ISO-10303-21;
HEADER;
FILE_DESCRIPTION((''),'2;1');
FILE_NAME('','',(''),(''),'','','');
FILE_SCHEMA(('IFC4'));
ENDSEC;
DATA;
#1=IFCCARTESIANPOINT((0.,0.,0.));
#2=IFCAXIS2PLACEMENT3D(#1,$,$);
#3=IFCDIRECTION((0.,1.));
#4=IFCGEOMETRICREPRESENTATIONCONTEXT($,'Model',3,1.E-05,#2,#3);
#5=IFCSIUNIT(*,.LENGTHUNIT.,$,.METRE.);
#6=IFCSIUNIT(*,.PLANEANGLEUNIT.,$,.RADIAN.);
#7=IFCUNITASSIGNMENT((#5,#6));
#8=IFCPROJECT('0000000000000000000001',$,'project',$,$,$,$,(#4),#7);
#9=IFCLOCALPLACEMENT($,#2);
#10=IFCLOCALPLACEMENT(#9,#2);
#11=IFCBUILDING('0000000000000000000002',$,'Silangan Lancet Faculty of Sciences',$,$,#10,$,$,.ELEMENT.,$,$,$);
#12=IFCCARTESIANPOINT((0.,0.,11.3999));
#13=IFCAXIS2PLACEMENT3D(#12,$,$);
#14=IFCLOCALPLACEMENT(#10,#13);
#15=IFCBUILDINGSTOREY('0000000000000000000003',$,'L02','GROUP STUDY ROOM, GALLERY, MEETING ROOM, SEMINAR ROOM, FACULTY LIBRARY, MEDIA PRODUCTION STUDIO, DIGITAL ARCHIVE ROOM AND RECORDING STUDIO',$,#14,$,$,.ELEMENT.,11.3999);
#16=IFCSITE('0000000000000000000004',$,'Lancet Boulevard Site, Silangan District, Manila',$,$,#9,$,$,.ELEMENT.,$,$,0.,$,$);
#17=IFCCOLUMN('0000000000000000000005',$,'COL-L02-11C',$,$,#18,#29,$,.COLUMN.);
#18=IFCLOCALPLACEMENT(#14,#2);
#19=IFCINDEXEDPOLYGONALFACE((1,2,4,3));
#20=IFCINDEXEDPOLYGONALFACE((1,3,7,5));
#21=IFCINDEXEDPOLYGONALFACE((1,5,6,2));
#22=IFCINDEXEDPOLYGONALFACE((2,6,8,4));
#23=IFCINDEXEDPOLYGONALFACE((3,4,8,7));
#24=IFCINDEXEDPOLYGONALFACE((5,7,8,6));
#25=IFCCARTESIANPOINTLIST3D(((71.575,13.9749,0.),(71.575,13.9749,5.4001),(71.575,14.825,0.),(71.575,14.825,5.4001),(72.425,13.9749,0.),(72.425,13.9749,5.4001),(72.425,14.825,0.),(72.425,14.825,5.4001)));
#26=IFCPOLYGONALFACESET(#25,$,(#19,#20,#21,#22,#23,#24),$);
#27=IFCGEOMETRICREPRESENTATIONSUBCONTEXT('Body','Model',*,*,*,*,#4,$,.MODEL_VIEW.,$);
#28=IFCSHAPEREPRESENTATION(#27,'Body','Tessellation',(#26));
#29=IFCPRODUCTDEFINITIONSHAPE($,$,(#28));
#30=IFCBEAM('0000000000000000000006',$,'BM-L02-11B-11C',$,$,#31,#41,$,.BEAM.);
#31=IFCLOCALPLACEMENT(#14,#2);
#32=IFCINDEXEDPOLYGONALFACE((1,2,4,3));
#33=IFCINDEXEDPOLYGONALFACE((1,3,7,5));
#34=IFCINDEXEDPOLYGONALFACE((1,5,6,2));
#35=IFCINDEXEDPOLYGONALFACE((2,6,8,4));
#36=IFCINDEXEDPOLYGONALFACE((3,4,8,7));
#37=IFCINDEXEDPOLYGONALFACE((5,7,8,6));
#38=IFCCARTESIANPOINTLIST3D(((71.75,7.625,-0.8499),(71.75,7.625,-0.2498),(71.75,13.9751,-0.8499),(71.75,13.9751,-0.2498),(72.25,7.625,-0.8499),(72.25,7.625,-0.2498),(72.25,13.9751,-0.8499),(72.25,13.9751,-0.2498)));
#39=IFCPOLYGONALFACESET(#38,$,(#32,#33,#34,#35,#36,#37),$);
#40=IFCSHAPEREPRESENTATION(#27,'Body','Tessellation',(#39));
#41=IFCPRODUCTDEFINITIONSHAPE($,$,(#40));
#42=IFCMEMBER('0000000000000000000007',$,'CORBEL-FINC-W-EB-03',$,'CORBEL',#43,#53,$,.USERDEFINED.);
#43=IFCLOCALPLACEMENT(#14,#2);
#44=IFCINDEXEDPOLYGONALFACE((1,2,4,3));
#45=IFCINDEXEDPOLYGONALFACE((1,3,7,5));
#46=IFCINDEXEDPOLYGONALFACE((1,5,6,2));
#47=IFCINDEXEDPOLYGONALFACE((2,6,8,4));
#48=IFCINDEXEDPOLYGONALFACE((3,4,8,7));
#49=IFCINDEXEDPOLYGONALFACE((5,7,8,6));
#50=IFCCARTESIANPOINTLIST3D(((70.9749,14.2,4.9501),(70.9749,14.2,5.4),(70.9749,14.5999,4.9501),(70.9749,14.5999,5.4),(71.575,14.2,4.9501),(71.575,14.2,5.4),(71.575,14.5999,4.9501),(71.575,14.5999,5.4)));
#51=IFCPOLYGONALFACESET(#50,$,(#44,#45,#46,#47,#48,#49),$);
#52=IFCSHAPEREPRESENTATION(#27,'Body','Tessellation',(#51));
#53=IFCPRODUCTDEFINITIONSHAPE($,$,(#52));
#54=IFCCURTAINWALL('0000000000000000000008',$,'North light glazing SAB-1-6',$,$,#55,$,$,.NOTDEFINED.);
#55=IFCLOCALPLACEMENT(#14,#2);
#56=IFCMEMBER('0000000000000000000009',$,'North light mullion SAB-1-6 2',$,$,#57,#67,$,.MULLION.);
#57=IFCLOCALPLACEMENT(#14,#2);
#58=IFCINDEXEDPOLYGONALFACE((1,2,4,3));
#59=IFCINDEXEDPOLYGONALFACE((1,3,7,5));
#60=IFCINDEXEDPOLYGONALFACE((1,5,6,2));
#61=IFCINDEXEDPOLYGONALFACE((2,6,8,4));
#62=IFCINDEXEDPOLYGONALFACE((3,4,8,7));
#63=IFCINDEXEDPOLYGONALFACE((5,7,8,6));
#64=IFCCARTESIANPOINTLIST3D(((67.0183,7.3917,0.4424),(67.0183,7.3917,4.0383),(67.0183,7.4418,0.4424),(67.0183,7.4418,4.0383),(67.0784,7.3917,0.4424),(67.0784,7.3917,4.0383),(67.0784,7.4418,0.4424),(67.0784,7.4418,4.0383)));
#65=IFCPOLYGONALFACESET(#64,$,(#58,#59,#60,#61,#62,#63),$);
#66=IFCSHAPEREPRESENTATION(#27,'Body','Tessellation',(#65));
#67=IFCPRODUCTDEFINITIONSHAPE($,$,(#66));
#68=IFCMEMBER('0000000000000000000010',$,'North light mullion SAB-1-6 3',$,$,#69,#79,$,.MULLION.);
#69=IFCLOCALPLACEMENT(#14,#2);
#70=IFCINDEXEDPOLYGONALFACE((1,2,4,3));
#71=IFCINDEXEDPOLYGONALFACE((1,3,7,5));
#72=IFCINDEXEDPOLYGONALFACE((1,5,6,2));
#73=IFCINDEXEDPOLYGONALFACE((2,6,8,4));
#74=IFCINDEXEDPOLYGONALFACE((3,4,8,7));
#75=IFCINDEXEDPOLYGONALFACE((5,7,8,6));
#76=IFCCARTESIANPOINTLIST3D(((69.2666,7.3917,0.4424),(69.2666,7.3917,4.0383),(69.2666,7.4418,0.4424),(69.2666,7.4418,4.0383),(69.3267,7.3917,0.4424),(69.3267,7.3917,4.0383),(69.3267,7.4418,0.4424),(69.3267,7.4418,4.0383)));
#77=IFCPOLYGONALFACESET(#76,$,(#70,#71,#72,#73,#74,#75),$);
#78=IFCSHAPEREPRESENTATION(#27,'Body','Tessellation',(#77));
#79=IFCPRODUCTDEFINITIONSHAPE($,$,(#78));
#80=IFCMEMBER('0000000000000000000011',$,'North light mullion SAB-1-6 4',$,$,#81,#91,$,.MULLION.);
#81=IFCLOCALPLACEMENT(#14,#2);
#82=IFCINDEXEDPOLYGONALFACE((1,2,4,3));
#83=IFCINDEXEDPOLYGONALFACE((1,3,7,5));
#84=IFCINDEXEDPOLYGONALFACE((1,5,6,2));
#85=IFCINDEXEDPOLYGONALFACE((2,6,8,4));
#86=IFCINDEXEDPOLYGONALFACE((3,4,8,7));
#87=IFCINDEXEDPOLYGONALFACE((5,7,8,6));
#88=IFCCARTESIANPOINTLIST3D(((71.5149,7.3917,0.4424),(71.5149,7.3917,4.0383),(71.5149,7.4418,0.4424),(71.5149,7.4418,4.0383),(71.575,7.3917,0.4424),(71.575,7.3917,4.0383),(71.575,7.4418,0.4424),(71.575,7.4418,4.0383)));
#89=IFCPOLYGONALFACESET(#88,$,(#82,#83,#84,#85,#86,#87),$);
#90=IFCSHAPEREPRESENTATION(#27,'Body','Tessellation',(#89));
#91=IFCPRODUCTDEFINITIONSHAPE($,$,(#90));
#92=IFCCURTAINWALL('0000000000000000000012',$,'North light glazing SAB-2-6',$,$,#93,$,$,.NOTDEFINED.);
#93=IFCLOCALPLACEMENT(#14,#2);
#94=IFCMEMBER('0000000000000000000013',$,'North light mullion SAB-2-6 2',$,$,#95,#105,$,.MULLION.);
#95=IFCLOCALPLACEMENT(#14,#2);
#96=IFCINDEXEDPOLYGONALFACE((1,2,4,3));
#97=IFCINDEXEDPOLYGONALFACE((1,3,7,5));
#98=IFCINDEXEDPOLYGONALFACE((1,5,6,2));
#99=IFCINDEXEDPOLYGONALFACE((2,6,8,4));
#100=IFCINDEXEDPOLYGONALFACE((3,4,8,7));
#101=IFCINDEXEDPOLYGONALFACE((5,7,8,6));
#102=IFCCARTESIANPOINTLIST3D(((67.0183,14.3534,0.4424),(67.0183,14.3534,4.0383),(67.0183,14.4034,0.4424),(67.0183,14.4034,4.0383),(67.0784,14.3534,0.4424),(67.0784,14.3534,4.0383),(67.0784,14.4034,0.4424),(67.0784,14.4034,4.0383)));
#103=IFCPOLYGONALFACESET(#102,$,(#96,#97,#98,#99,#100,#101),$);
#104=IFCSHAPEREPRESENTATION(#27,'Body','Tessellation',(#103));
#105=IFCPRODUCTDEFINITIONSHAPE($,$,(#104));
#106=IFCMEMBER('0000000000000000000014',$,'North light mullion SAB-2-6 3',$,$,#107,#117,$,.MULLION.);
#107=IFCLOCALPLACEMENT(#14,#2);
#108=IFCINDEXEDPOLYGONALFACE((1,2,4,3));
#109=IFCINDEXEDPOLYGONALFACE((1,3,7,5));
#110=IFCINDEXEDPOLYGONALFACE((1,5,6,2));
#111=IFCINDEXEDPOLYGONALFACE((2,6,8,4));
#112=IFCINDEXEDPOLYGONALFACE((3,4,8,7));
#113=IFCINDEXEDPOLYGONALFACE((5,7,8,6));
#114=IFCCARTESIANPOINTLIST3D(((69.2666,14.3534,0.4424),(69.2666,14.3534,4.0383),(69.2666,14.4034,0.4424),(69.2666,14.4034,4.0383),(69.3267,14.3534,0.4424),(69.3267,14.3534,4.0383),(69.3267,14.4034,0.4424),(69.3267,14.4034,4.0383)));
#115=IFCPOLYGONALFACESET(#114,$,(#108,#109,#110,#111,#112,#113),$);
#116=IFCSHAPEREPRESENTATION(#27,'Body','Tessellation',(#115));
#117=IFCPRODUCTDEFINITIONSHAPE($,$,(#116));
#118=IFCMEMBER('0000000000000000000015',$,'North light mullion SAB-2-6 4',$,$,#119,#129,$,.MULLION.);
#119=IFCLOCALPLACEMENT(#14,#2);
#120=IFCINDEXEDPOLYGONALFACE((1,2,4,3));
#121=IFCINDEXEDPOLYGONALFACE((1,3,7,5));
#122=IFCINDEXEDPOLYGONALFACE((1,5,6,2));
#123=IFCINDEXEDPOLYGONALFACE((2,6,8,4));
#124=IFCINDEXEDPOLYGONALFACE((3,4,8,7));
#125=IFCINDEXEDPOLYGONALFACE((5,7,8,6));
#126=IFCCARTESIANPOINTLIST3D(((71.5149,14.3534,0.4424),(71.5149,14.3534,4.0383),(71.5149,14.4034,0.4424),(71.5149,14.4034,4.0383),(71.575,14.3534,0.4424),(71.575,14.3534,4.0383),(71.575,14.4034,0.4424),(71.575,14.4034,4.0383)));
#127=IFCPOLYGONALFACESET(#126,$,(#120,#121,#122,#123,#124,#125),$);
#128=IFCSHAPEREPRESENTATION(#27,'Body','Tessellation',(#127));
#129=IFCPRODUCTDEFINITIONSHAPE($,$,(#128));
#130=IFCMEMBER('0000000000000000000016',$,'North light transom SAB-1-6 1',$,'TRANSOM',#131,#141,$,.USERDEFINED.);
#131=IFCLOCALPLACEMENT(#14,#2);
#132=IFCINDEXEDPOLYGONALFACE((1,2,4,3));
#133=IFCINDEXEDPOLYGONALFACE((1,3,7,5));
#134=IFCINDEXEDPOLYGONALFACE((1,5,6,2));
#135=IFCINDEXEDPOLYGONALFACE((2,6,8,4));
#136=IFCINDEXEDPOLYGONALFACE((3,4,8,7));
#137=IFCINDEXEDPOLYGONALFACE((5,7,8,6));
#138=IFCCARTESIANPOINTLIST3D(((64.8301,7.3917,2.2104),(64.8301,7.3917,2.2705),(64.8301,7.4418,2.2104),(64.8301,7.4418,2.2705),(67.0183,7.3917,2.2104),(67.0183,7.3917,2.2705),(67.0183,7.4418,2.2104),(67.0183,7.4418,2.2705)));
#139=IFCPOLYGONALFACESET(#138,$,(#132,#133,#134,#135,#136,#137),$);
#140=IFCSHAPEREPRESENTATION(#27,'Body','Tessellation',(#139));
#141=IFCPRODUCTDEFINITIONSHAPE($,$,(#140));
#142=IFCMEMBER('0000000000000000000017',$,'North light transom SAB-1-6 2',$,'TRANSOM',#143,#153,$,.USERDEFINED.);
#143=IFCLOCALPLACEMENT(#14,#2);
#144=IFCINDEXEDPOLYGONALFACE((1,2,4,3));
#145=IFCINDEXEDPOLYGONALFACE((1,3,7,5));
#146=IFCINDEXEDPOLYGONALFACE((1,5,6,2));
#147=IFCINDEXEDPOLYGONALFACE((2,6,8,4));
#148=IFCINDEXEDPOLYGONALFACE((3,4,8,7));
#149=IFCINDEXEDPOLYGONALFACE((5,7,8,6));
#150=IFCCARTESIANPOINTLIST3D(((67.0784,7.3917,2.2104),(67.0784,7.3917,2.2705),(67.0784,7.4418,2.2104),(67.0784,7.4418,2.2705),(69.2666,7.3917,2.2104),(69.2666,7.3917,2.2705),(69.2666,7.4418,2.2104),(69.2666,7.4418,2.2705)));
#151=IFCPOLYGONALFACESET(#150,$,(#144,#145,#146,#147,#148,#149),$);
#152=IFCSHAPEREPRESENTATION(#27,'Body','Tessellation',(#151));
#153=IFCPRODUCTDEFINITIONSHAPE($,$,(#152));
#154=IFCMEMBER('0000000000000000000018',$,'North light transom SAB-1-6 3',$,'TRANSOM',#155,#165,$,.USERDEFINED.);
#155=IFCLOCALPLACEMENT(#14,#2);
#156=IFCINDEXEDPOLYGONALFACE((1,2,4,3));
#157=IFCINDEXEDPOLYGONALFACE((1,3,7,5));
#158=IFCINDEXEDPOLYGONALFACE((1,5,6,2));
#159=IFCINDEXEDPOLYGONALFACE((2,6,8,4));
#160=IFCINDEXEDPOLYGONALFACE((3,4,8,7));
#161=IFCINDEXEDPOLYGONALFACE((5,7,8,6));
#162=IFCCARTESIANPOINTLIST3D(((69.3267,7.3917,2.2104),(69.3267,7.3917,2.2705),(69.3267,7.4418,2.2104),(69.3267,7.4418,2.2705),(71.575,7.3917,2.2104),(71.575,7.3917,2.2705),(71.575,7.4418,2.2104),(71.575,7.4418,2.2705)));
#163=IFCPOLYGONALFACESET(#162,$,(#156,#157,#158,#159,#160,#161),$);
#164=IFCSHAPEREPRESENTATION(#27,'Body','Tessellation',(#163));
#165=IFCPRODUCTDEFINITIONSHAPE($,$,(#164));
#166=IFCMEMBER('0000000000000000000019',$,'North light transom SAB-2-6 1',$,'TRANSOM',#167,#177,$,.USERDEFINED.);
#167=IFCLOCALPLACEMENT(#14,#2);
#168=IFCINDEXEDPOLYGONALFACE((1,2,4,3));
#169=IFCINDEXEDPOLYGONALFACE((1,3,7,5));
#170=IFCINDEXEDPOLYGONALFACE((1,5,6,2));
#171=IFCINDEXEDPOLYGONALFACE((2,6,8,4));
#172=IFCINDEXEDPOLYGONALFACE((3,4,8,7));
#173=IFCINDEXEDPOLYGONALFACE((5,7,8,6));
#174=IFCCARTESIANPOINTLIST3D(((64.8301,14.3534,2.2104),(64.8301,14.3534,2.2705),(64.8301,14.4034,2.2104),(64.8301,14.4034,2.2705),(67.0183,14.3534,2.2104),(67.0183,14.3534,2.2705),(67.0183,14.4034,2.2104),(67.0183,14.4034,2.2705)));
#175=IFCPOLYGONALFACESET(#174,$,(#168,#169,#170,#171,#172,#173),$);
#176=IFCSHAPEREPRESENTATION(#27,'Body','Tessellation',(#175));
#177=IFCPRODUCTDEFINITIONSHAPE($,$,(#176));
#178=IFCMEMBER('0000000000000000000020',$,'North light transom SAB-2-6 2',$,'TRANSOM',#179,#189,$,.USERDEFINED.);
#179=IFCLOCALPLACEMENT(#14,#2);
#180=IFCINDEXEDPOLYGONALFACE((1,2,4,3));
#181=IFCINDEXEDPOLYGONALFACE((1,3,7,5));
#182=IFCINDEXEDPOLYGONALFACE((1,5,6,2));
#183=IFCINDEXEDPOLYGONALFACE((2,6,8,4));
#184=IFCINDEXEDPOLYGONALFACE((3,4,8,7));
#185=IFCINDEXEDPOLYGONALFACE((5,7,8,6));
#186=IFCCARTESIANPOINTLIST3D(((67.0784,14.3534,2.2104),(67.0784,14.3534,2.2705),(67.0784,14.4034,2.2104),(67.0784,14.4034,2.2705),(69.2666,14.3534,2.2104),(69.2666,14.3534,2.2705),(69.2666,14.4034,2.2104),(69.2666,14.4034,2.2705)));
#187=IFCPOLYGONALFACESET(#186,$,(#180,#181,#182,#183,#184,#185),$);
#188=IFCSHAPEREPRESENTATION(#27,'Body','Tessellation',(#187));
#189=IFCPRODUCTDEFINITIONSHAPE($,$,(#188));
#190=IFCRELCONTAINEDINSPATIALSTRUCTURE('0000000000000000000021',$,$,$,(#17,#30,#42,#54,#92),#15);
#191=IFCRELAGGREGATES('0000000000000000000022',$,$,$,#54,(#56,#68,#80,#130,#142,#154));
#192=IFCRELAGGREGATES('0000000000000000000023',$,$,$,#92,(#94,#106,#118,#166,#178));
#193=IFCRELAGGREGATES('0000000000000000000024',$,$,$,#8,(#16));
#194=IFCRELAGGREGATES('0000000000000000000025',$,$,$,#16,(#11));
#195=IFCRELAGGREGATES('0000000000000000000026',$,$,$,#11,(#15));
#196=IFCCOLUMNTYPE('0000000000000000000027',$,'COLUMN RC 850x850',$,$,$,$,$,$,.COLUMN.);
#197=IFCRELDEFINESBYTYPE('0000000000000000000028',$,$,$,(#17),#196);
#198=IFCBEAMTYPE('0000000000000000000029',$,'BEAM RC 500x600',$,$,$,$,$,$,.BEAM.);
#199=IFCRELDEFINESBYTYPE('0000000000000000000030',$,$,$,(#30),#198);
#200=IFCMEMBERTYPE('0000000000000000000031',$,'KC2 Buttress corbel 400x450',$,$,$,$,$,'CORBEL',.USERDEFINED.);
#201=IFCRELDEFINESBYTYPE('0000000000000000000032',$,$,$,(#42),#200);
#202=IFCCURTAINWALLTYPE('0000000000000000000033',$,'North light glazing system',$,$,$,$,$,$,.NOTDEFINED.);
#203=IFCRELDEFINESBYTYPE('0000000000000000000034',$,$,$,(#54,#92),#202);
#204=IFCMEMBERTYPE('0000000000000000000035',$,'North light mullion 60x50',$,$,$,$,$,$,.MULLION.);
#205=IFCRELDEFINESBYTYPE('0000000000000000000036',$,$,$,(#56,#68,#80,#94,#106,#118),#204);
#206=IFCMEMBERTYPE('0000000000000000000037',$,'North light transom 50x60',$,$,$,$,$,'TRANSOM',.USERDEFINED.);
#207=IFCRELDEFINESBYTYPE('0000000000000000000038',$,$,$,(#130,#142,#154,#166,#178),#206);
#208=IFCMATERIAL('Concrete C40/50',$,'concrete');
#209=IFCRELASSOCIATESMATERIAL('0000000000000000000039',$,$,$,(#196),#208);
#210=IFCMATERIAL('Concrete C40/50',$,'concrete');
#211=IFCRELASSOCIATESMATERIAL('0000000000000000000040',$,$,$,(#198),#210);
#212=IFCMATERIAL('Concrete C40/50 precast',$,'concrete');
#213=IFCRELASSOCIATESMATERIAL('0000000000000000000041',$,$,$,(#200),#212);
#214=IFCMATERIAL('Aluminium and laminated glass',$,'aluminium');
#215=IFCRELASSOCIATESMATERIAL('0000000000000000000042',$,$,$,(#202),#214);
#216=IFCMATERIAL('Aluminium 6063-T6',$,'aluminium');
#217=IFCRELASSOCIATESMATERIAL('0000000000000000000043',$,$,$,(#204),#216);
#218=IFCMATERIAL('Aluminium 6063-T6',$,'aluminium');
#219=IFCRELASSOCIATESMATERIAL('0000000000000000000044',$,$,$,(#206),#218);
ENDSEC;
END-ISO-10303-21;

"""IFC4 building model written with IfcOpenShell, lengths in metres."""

from ifc_helpers import new_model, si_unit, direction, frame, origin, origin_2d, place, context, subcontext, project, spatial, rectangle, extrude, material, material_profile, profile_set, type_object, element, aggregate, save


model = new_model("IFC4")

# Units and contexts
model_context = context("Model", 3, precision=1e-05, world=origin(), true_north=direction((0.0, 1.0)))
body_context = subcontext(model_context, "Body", "Model", "MODEL_VIEW")
ifc_project = project(units=[si_unit("LENGTHUNIT", "METRE"), si_unit("PLANEANGLEUNIT", "RADIAN")], contexts=[model_context])

# Site, building, storey
site_placement = place(None, origin())
site = spatial("IfcSite", under=ifc_project, at=site_placement, Name="Lancet Boulevard Site, Silangan District, Manila", CompositionType="ELEMENT", RefElevation=0.0)
building_placement = place(site_placement, origin())
building = spatial("IfcBuilding", under=site, at=building_placement, Name="Silangan Lancet Faculty of Sciences", CompositionType="ELEMENT")
storey_placement = place(building_placement, frame((0.0, 0.0, 11.3999)))
storey = spatial("IfcBuildingStorey", under=building, at=storey_placement, Name="L02", Description="GROUP STUDY ROOM, GALLERY, MEETING ROOM, SEMINAR ROOM, FACULTY LIBRARY, MEDIA PRODUCTION STUDIO, DIGITAL ARCHIVE ROOM AND RECORDING STUDIO", CompositionType="ELEMENT", Elevation=11.3999)

# Column
ifc_material_1 = material(Name="Concrete C40/50", Category="concrete")
ifc_material_profile_1 = material_profile(ifc_material_1, rectangle(XDim=0.8501, YDim=0.8501, at=origin_2d()), Name="RC 850x850")
ifc_profile_set_1 = profile_set([ifc_material_profile_1], Name="Concrete C40/50")
column_type = type_object("IfcColumnType", Name="COLUMN RC 850x850", PredefinedType="COLUMN", material=ifc_profile_set_1)
column_placement = place(storey_placement, frame((72.0, 14.3999, 0.0), z_axis=(0.0, 0.0, 1.0), x_axis=(1.0, 0.0, 0.0)))
element("IfcColumn", 1, at=column_placement, inside=storey, type_object=column_type, Name="COL-L02-11C", PredefinedType="COLUMN", context=body_context, shape_type="SweptSolid", body=[
    extrude(rectangle(XDim=0.8501, YDim=0.8501, at=origin_2d()), origin(), (0.0, 0.0, 1.0), 5.4001),
])

# Beam
ifc_material_2 = material(Name="Concrete C40/50", Category="concrete")
ifc_material_profile_2 = material_profile(ifc_material_2, rectangle(XDim=0.5, YDim=0.6001, at=origin_2d()), Name="RC 500x600")
ifc_profile_set_2 = profile_set([ifc_material_profile_2], Name="Concrete C40/50")
beam_type = type_object("IfcBeamType", Name="BEAM RC 500x600", PredefinedType="BEAM", material=ifc_profile_set_2)
beam_placement = place(storey_placement, frame((72.0, 7.625, -0.5498), z_axis=(0.0, 1.0, 0.0), x_axis=(-1.0, 0.0, 0.0)))
element("IfcBeam", 2, at=beam_placement, inside=storey, type_object=beam_type, Name="BM-L02-11B-11C", PredefinedType="BEAM", context=body_context, shape_type="SweptSolid", body=[
    extrude(rectangle(XDim=0.5, YDim=0.6001, at=origin_2d()), origin(), (0.0, 0.0, 1.0), 6.3501),
])

# Member
ifc_material_3 = material(Name="Concrete C40/50 precast", Category="concrete")
ifc_material_profile_3 = material_profile(ifc_material_3, rectangle(XDim=0.3999, YDim=0.45, at=origin_2d()), Name="RC 400x450")
ifc_profile_set_3 = profile_set([ifc_material_profile_3], Name="Concrete C40/50 precast")
member_type_1 = type_object("IfcMemberType", Name="KC2 Buttress corbel 400x450", ElementType="CORBEL", PredefinedType="USERDEFINED", material=ifc_profile_set_3)
member_1_placement = place(storey_placement, frame((71.575, 14.3999, 5.175), z_axis=(-1.0, 0.0, 0.0), x_axis=(0.0, -1.0, 0.0)))
element("IfcMember", 3, at=member_1_placement, inside=storey, type_object=member_type_1, Name="CORBEL-FINC-W-EB-03", ObjectType="CORBEL", PredefinedType="USERDEFINED", context=body_context, shape_type="SweptSolid", body=[
    extrude(rectangle(XDim=0.3999, YDim=0.45, at=origin_2d()), origin(), (0.0, 0.0, 1.0), 0.6001),
])

# Curtain walls, members
ifc_material_4 = material(Name="Aluminium and laminated glass", Category="aluminium")
curtain_wall_type = type_object("IfcCurtainWallType", Name="North light glazing system", PredefinedType="NOTDEFINED", material=ifc_material_4)
curtain_wall_1_placement = place(storey_placement, origin())
curtain_wall_1 = element("IfcCurtainWall", 4, at=curtain_wall_1_placement, inside=storey, type_object=curtain_wall_type, Name="North light glazing SAB-1-6", PredefinedType="NOTDEFINED")
ifc_material_5 = material(Name="Aluminium 6063-T6", Category="aluminium")
ifc_material_profile_4 = material_profile(ifc_material_5, rectangle(XDim=0.0601, YDim=0.05, at=origin_2d()), Name="AL 60x50")
ifc_profile_set_4 = profile_set([ifc_material_profile_4], Name="Aluminium 6063-T6")
member_type_2 = type_object("IfcMemberType", Name="North light mullion 60x50", PredefinedType="MULLION", material=ifc_profile_set_4)
member_2_placement = place(storey_placement, frame((67.0483, 7.4167, 0.4424), z_axis=(0.0, 0.0, 1.0), x_axis=(1.0, 0.0, 0.0)))
member_2 = element("IfcMember", 5, at=member_2_placement, type_object=member_type_2, Name="North light mullion SAB-1-6 2", PredefinedType="MULLION", context=body_context, shape_type="SweptSolid", body=[
    extrude(rectangle(XDim=0.0601, YDim=0.05, at=origin_2d()), origin(), (0.0, 0.0, 1.0), 3.5959),
])
member_3_placement = place(storey_placement, frame((69.2966, 7.4167, 0.4424), z_axis=(0.0, 0.0, 1.0), x_axis=(1.0, 0.0, 0.0)))
member_3 = element("IfcMember", 6, at=member_3_placement, type_object=member_type_2, Name="North light mullion SAB-1-6 3", PredefinedType="MULLION", context=body_context, shape_type="SweptSolid", body=[
    extrude(rectangle(XDim=0.0601, YDim=0.05, at=origin_2d()), origin(), (0.0, 0.0, 1.0), 3.5959),
])
member_4_placement = place(storey_placement, frame((71.5449, 7.4167, 0.4424), z_axis=(0.0, 0.0, 1.0), x_axis=(1.0, 0.0, 0.0)))
member_4 = element("IfcMember", 7, at=member_4_placement, type_object=member_type_2, Name="North light mullion SAB-1-6 4", PredefinedType="MULLION", context=body_context, shape_type="SweptSolid", body=[
    extrude(rectangle(XDim=0.0601, YDim=0.05, at=origin_2d()), origin(), (0.0, 0.0, 1.0), 3.5959),
])
curtain_wall_2_placement = place(storey_placement, origin())
curtain_wall_2 = element("IfcCurtainWall", 8, at=curtain_wall_2_placement, inside=storey, type_object=curtain_wall_type, Name="North light glazing SAB-2-6", PredefinedType="NOTDEFINED")
member_5_placement = place(storey_placement, frame((67.0483, 14.3784, 0.4424), z_axis=(0.0, 0.0, 1.0), x_axis=(1.0, 0.0, 0.0)))
member_5 = element("IfcMember", 9, at=member_5_placement, type_object=member_type_2, Name="North light mullion SAB-2-6 2", PredefinedType="MULLION", context=body_context, shape_type="SweptSolid", body=[
    extrude(rectangle(XDim=0.0601, YDim=0.05, at=origin_2d()), origin(), (0.0, 0.0, 1.0), 3.5959),
])
member_6_placement = place(storey_placement, frame((69.2966, 14.3784, 0.4424), z_axis=(0.0, 0.0, 1.0), x_axis=(1.0, 0.0, 0.0)))
member_6 = element("IfcMember", 10, at=member_6_placement, type_object=member_type_2, Name="North light mullion SAB-2-6 3", PredefinedType="MULLION", context=body_context, shape_type="SweptSolid", body=[
    extrude(rectangle(XDim=0.0601, YDim=0.05, at=origin_2d()), origin(), (0.0, 0.0, 1.0), 3.5959),
])
member_7_placement = place(storey_placement, frame((71.5449, 14.3784, 0.4424), z_axis=(0.0, 0.0, 1.0), x_axis=(1.0, 0.0, 0.0)))
member_7 = element("IfcMember", 11, at=member_7_placement, type_object=member_type_2, Name="North light mullion SAB-2-6 4", PredefinedType="MULLION", context=body_context, shape_type="SweptSolid", body=[
    extrude(rectangle(XDim=0.0601, YDim=0.05, at=origin_2d()), origin(), (0.0, 0.0, 1.0), 3.5959),
])

# Members
ifc_material_6 = material(Name="Aluminium 6063-T6", Category="aluminium")
ifc_material_profile_5 = material_profile(ifc_material_6, rectangle(XDim=0.05, YDim=0.0601, at=origin_2d()), Name="AL 50x60")
ifc_profile_set_5 = profile_set([ifc_material_profile_5], Name="Aluminium 6063-T6")
member_type_3 = type_object("IfcMemberType", Name="North light transom 50x60", ElementType="TRANSOM", PredefinedType="USERDEFINED", material=ifc_profile_set_5)
member_8_placement = place(storey_placement, frame((64.8301, 7.4167, 2.2405), z_axis=(1.0, 0.0, 0.0), x_axis=(0.0, 1.0, 0.0)))
member_8 = element("IfcMember", 12, at=member_8_placement, type_object=member_type_3, Name="North light transom SAB-1-6 1", ObjectType="TRANSOM", PredefinedType="USERDEFINED", context=body_context, shape_type="SweptSolid", body=[
    extrude(rectangle(XDim=0.05, YDim=0.0601, at=origin_2d()), origin(), (0.0, 0.0, 1.0), 2.1882),
])
member_9_placement = place(storey_placement, frame((67.0784, 7.4167, 2.2405), z_axis=(1.0, 0.0, 0.0), x_axis=(0.0, 1.0, 0.0)))
member_9 = element("IfcMember", 13, at=member_9_placement, type_object=member_type_3, Name="North light transom SAB-1-6 2", ObjectType="TRANSOM", PredefinedType="USERDEFINED", context=body_context, shape_type="SweptSolid", body=[
    extrude(rectangle(XDim=0.05, YDim=0.0601, at=origin_2d()), origin(), (0.0, 0.0, 1.0), 2.1882),
])
member_10_placement = place(storey_placement, frame((69.3267, 7.4167, 2.2405), z_axis=(1.0, 0.0, 0.0), x_axis=(0.0, 1.0, 0.0)))
member_10 = element("IfcMember", 14, at=member_10_placement, type_object=member_type_3, Name="North light transom SAB-1-6 3", ObjectType="TRANSOM", PredefinedType="USERDEFINED", context=body_context, shape_type="SweptSolid", body=[
    extrude(rectangle(XDim=0.05, YDim=0.0601, at=origin_2d()), origin(), (0.0, 0.0, 1.0), 2.2483),
])
member_11_placement = place(storey_placement, frame((64.8301, 14.3784, 2.2405), z_axis=(1.0, 0.0, 0.0), x_axis=(0.0, 1.0, 0.0)))
member_11 = element("IfcMember", 15, at=member_11_placement, type_object=member_type_3, Name="North light transom SAB-2-6 1", ObjectType="TRANSOM", PredefinedType="USERDEFINED", context=body_context, shape_type="SweptSolid", body=[
    extrude(rectangle(XDim=0.05, YDim=0.0601, at=origin_2d()), origin(), (0.0, 0.0, 1.0), 2.1882),
])
member_12_placement = place(storey_placement, frame((67.0784, 14.3784, 2.2405), z_axis=(1.0, 0.0, 0.0), x_axis=(0.0, 1.0, 0.0)))
member_12 = element("IfcMember", 16, at=member_12_placement, type_object=member_type_3, Name="North light transom SAB-2-6 2", ObjectType="TRANSOM", PredefinedType="USERDEFINED", context=body_context, shape_type="SweptSolid", body=[
    extrude(rectangle(XDim=0.05, YDim=0.0601, at=origin_2d()), origin(), (0.0, 0.0, 1.0), 2.1882),
])

aggregate(curtain_wall_1, [member_2, member_3, member_4, member_8, member_9, member_10])
aggregate(curtain_wall_2, [member_5, member_6, member_7, member_11, member_12])

save(model, "model.ifc")
